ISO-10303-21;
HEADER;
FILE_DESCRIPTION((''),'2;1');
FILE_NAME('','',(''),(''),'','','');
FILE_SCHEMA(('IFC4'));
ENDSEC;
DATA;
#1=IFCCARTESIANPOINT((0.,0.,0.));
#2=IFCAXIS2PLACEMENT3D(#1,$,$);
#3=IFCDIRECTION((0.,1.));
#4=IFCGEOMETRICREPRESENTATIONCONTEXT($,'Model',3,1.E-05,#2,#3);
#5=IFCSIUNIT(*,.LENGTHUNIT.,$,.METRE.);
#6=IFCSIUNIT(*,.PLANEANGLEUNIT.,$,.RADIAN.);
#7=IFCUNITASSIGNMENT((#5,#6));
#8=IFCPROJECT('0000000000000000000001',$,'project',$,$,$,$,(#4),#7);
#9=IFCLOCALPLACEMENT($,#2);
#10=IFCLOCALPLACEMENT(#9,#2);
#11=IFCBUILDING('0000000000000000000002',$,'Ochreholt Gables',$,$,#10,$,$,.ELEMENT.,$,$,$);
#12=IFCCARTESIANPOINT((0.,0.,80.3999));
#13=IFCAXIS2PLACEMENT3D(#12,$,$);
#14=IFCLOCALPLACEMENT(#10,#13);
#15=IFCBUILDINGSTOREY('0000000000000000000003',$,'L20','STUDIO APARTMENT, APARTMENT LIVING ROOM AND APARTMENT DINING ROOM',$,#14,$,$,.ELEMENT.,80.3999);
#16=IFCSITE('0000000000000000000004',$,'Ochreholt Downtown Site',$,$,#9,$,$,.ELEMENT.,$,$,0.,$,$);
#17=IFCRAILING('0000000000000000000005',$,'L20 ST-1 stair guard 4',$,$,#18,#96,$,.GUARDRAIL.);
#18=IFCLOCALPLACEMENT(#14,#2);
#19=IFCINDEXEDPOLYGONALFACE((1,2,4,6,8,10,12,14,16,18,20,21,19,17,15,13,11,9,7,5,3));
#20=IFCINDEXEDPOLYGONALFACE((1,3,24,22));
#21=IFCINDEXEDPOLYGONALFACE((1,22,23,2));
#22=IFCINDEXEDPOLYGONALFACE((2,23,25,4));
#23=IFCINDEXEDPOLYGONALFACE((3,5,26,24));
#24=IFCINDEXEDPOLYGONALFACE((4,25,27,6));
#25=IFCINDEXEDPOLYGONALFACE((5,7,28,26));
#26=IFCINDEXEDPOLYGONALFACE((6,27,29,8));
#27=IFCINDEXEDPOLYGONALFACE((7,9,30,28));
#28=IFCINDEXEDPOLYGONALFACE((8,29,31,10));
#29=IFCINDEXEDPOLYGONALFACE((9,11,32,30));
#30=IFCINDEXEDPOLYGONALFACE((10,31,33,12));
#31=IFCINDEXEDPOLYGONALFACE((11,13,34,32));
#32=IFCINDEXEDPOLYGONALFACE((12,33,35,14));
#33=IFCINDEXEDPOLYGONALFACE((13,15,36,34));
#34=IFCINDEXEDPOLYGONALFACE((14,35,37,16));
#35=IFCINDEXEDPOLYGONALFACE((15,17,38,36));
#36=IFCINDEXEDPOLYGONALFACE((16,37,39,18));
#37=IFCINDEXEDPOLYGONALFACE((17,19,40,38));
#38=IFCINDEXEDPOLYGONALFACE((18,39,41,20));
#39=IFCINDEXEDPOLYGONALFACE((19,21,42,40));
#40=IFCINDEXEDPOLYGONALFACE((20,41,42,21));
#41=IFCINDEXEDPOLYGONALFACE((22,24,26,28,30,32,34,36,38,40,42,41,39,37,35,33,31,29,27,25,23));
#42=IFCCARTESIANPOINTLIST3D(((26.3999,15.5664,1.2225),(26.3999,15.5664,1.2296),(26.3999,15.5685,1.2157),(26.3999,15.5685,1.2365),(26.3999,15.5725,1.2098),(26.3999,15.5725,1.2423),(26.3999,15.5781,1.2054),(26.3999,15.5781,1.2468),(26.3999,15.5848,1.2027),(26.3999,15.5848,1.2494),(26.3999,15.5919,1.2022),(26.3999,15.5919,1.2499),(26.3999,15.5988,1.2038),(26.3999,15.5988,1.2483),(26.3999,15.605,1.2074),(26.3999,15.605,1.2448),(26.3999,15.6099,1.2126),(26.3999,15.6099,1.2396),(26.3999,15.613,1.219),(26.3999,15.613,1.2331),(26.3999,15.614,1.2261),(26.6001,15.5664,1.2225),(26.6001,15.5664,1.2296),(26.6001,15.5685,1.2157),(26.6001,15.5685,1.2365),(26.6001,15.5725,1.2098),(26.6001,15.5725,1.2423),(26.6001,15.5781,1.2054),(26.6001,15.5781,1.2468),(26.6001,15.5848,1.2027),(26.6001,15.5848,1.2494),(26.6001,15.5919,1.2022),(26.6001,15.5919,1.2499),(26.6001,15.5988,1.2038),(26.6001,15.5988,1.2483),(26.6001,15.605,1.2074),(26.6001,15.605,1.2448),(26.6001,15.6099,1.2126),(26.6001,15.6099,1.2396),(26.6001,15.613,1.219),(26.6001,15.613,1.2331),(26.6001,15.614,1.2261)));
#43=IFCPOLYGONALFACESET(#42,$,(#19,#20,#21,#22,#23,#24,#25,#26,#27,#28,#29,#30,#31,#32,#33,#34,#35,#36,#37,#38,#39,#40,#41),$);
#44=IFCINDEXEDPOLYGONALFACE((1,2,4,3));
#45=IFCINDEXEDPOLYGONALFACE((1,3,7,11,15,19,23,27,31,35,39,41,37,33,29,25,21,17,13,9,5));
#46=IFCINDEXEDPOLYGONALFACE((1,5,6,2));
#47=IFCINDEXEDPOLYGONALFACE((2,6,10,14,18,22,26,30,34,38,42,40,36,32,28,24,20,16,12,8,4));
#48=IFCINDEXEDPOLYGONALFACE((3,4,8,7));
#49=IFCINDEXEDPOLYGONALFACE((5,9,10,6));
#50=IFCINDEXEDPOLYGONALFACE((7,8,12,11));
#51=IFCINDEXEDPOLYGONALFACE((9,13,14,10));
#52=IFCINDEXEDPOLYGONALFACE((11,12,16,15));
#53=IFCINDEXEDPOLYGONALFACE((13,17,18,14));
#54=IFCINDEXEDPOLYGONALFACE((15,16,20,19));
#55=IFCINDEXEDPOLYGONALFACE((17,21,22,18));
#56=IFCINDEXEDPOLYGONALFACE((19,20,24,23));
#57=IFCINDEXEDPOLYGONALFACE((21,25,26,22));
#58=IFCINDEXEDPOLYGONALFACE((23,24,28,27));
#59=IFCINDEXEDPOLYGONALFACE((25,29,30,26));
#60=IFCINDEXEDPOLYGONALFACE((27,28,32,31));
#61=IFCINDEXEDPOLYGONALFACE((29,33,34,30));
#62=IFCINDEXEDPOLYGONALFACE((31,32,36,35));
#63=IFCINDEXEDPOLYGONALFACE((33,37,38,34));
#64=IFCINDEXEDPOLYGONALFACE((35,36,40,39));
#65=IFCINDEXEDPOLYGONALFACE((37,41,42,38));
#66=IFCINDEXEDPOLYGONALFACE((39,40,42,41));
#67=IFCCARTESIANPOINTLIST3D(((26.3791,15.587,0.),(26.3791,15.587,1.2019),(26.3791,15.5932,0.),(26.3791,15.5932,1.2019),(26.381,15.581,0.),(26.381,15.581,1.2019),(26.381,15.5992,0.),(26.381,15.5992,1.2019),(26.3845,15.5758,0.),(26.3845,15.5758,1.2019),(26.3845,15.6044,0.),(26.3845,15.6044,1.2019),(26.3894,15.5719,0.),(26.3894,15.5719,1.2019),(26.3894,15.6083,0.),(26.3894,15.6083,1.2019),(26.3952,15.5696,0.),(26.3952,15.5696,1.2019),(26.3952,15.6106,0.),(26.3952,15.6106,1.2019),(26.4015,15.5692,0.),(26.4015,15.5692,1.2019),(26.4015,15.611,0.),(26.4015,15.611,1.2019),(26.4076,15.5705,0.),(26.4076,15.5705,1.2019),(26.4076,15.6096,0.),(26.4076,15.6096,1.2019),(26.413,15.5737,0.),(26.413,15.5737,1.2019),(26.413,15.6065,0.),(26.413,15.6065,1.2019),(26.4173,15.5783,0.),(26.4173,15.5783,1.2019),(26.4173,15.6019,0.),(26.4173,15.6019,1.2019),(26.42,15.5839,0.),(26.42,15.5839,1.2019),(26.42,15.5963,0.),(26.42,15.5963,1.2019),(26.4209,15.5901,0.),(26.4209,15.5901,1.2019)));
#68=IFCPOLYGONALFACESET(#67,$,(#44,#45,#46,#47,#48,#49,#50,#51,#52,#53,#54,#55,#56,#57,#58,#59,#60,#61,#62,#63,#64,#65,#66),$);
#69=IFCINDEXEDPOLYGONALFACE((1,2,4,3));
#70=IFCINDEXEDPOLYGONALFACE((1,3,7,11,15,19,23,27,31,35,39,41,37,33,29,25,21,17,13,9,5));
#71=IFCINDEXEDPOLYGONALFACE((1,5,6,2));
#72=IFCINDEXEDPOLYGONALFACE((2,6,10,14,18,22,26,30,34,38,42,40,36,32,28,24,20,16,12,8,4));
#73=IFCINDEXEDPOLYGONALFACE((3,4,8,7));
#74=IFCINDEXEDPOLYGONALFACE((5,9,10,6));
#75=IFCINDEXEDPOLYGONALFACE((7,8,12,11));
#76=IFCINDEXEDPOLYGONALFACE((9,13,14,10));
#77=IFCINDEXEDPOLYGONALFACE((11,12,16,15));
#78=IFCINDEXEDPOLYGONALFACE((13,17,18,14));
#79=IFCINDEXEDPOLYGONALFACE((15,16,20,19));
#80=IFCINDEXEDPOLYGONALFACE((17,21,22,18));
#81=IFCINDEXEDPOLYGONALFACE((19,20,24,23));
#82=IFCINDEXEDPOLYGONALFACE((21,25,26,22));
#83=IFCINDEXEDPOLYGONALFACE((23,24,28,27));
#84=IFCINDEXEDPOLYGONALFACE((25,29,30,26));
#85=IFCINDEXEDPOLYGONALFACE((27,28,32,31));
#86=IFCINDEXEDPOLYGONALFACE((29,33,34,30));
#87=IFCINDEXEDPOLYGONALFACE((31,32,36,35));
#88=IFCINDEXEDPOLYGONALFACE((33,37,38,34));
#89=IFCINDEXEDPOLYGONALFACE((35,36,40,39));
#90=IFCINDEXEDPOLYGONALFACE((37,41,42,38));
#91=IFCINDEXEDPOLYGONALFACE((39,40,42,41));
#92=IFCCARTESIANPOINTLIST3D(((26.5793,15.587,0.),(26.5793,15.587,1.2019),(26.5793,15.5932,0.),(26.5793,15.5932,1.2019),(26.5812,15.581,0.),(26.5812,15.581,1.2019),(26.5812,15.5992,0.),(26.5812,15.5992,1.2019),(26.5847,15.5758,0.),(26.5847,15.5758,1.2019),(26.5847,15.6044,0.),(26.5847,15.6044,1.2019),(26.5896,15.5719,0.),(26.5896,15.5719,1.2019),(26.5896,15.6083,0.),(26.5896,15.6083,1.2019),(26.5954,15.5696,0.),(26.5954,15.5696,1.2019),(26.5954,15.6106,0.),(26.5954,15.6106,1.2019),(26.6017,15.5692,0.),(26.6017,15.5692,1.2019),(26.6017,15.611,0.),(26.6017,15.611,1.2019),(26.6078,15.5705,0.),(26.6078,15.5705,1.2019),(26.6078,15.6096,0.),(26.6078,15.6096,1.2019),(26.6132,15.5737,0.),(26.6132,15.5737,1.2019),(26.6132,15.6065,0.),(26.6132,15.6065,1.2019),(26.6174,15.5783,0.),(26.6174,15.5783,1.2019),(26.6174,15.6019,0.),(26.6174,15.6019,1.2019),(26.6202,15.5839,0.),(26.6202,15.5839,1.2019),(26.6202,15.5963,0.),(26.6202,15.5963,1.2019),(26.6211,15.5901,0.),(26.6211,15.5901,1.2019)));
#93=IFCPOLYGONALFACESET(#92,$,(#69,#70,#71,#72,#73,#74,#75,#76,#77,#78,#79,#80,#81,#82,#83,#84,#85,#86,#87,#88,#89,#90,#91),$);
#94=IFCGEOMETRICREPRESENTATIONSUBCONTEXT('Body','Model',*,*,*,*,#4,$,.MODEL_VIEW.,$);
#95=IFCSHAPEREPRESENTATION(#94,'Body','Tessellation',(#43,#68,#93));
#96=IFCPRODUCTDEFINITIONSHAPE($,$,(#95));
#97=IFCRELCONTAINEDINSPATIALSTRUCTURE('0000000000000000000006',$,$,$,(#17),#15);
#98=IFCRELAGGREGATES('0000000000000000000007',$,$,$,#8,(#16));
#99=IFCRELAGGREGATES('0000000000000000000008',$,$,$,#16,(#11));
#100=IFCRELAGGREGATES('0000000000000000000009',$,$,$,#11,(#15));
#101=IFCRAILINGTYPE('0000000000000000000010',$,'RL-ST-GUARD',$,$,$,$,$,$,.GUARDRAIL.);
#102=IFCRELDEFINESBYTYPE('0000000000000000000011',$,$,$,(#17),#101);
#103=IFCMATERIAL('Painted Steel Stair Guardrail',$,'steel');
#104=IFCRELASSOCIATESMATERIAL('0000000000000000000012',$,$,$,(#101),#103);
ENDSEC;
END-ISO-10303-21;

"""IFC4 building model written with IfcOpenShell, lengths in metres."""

from ifc_helpers import new_model, si_unit, direction, frame, origin, origin_2d, place, context, subcontext, project, spatial, circle, extrude, material, type_object, element, save


model = new_model("IFC4")

# Units and contexts
model_context = context("Model", 3, precision=1e-05, world=origin(), true_north=direction((0.0, 1.0)))
body_context = subcontext(model_context, "Body", "Model", "MODEL_VIEW")
ifc_project = project(units=[si_unit("LENGTHUNIT", "METRE"), si_unit("PLANEANGLEUNIT", "RADIAN")], contexts=[model_context])

# Site, building, storey
site_placement = place(None, origin())
site = spatial("IfcSite", under=ifc_project, at=site_placement, Name="Ochreholt Downtown Site", CompositionType="ELEMENT", RefElevation=0.0)
building_placement = place(site_placement, origin())
building = spatial("IfcBuilding", under=site, at=building_placement, Name="Ochreholt Gables", CompositionType="ELEMENT")
storey_placement = place(building_placement, frame((0.0, 0.0, 80.3999)))
storey = spatial("IfcBuildingStorey", under=building, at=storey_placement, Name="L20", Description="STUDIO APARTMENT, APARTMENT LIVING ROOM AND APARTMENT DINING ROOM", CompositionType="ELEMENT", Elevation=80.3999)

# Railing
ifc_material_1 = material(Name="Painted Steel Stair Guardrail", Category="steel")
railing_type_1 = type_object("IfcRailingType", Name="RL-ST-GUARD", PredefinedType="GUARDRAIL", material=ifc_material_1)
railing_1_placement = place(storey_placement, frame((26.3999, 15.5901, 0.0)))
element("IfcRailing", 1, at=railing_1_placement, inside=storey, type_object=railing_type_1, Name="L20 ST-1 stair guard 4", PredefinedType="GUARDRAIL", context=body_context, shape_type="SweptSolid", body=[
    extrude(circle(Radius=0.0239, at=origin_2d()), frame((0.0, 0.0, 1.2261), z_axis=(1.0, 0.0, 0.0), x_axis=(0.0, 1.0, 0.0)), (0.0, 0.0, 1.0), 0.2002),
    extrude(circle(Radius=0.021, at=origin_2d()), origin(), (0.0, 0.0, 1.0), 1.2019),
    extrude(circle(Radius=0.021, at=origin_2d()), frame((0.2002, 0.0, 0.0)), (0.0, 0.0, 1.0), 1.2019),
])

save(model, "model.ifc")
